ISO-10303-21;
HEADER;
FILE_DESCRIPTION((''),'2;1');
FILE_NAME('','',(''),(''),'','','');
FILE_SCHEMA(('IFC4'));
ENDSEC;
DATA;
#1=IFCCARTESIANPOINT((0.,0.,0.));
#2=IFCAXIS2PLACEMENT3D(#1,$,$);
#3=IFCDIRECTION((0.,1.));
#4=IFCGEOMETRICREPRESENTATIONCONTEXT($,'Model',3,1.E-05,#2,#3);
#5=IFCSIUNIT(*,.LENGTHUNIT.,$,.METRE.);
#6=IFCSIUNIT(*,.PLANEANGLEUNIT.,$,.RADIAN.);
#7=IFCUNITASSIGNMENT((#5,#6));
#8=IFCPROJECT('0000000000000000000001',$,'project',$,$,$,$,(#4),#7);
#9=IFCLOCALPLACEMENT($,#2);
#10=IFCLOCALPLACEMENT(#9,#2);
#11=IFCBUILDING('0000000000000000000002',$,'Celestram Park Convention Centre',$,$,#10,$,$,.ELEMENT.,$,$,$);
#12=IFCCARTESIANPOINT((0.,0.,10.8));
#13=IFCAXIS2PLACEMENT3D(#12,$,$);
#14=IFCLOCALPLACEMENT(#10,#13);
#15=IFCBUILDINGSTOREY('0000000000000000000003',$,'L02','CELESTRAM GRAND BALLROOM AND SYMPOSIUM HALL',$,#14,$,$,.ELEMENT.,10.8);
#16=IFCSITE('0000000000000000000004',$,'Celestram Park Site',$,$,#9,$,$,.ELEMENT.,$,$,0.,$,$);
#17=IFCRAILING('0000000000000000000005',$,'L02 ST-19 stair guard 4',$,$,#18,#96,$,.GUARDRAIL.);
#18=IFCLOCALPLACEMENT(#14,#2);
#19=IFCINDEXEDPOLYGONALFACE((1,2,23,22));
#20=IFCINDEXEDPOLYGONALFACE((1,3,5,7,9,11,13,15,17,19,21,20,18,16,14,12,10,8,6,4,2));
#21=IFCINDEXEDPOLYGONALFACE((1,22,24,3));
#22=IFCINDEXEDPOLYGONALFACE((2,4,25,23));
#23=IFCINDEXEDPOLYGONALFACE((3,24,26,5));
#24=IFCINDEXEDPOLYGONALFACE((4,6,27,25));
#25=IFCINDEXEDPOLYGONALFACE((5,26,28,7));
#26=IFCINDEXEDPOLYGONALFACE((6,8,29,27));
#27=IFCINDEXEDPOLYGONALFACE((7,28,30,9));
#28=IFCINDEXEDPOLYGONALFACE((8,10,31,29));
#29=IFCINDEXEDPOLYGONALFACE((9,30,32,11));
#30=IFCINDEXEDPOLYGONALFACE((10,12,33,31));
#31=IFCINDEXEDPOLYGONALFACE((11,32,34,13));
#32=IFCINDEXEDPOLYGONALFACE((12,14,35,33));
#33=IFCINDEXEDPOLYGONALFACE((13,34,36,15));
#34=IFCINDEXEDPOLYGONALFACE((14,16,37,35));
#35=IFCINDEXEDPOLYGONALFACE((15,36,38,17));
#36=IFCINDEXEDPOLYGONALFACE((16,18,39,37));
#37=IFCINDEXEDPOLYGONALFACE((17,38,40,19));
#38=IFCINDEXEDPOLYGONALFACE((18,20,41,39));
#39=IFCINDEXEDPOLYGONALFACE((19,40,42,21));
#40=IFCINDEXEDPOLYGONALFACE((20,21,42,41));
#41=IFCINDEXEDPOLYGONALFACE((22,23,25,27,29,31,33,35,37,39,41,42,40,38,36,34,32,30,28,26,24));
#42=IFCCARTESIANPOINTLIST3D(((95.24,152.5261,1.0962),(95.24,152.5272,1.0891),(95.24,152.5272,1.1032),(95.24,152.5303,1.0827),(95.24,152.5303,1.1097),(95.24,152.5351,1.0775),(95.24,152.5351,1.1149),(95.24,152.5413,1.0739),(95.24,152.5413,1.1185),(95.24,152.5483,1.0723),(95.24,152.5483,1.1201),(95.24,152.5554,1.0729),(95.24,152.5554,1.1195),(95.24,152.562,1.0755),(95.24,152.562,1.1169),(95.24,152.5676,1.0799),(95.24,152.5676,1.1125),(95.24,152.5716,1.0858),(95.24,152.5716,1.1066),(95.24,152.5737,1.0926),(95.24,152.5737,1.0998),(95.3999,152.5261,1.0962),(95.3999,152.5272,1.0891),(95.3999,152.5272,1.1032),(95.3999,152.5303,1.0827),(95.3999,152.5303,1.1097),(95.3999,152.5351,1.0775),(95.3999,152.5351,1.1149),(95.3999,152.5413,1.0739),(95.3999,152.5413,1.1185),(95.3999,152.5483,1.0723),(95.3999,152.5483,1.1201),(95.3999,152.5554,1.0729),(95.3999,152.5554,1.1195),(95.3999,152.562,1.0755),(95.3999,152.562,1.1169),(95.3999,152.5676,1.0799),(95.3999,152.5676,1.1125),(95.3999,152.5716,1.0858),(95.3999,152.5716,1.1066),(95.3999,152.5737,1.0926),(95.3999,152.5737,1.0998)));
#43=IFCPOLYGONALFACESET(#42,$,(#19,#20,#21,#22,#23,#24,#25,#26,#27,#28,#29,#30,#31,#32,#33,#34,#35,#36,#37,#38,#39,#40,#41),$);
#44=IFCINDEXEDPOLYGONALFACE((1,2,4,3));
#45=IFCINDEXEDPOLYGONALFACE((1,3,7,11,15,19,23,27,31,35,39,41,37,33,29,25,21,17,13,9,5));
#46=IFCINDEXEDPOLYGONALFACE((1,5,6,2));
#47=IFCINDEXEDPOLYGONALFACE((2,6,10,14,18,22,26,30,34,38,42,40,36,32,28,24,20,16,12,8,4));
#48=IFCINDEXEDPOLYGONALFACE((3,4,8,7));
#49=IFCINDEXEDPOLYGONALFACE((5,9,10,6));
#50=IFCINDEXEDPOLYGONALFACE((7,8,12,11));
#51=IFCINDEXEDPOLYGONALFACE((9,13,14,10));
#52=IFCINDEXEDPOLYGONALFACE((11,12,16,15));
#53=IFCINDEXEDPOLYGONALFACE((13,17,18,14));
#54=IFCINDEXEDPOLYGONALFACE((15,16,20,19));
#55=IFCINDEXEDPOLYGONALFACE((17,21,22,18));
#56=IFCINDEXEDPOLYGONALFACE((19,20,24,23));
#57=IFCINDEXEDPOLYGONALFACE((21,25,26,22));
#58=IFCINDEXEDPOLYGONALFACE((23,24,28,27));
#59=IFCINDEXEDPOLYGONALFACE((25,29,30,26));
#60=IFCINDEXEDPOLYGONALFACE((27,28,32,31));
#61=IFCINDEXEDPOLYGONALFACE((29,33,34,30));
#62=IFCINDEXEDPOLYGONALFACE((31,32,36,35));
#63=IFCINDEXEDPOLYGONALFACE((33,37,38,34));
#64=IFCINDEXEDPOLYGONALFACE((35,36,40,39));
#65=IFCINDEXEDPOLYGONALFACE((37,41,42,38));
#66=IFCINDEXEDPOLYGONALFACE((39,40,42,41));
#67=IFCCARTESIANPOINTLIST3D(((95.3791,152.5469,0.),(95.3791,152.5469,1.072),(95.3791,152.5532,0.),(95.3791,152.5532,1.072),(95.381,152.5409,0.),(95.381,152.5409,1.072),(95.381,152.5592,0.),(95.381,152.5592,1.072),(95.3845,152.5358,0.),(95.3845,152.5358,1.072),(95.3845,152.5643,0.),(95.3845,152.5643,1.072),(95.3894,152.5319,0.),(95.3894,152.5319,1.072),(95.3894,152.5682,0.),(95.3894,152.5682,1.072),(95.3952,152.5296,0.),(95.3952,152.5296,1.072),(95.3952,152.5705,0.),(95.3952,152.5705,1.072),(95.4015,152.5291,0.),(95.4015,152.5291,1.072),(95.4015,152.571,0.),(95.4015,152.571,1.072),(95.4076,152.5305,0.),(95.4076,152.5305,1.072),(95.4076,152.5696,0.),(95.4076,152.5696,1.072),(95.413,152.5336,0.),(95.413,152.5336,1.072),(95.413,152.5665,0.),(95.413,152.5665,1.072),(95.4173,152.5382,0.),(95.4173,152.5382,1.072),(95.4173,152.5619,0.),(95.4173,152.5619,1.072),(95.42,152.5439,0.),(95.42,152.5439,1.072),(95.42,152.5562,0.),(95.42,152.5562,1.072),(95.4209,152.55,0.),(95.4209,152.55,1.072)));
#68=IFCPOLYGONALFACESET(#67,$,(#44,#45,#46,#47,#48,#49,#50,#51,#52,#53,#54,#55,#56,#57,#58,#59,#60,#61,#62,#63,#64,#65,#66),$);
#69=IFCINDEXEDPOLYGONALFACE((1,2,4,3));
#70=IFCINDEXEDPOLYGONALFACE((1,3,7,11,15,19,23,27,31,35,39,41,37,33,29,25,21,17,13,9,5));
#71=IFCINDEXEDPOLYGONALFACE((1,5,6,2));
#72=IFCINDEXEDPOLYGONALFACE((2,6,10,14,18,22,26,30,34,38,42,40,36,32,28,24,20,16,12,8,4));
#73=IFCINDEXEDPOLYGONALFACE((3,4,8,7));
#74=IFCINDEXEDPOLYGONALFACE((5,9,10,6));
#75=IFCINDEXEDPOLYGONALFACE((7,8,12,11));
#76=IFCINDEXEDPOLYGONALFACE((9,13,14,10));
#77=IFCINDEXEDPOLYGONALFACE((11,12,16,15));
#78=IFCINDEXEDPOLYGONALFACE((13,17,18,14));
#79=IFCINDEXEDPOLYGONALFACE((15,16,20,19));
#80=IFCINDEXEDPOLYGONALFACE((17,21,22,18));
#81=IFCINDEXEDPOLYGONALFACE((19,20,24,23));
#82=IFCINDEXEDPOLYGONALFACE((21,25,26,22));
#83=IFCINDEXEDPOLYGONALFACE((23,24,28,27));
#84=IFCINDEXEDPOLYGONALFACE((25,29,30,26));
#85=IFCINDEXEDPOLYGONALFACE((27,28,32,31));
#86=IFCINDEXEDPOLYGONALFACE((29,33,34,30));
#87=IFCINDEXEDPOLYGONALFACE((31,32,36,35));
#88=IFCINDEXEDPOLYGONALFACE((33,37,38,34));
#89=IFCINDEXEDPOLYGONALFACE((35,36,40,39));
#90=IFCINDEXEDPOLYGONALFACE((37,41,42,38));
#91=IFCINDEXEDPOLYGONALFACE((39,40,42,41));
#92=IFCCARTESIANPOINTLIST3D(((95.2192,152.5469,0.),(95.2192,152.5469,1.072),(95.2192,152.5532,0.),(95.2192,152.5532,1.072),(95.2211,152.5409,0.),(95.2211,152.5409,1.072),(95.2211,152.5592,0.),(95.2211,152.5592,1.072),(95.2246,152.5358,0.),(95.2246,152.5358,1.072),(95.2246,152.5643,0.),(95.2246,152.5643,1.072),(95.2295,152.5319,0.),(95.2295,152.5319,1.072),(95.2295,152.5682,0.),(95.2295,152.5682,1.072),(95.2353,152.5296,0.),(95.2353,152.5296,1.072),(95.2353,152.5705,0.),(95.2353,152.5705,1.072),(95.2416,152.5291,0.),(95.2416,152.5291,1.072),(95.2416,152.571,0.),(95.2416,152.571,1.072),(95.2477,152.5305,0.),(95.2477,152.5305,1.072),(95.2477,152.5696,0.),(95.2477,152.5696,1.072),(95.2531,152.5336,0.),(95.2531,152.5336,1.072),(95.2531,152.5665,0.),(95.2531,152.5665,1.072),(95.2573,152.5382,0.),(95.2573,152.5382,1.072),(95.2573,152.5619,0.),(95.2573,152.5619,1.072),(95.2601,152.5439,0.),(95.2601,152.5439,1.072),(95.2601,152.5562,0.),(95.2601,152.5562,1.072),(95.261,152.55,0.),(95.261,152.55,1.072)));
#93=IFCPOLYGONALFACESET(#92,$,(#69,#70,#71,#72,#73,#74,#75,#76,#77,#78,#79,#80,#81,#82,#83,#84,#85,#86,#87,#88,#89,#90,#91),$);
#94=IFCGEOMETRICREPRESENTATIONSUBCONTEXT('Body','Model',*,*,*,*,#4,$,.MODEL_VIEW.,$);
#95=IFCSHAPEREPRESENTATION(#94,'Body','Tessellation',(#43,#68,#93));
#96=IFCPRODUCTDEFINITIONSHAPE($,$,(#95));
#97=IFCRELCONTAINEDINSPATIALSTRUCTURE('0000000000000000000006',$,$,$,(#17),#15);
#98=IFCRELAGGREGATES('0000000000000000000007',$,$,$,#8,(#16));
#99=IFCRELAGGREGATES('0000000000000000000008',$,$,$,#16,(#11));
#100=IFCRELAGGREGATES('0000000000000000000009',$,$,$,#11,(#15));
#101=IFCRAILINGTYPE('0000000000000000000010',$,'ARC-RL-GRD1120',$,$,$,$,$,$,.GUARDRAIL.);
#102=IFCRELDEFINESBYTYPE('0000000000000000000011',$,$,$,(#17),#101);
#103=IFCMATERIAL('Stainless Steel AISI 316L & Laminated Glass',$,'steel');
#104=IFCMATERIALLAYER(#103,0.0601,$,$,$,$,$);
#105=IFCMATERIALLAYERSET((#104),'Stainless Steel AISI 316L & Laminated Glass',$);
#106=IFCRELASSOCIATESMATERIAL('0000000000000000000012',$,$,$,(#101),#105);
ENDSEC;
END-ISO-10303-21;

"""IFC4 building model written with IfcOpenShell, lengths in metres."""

from ifc_helpers import new_model, si_unit, direction, frame, origin, origin_2d, place, context, subcontext, project, spatial, circle, extrude, material, layer, layer_set, type_object, element, save


model = new_model("IFC4")

# Units and contexts
model_context = context("Model", 3, precision=1e-05, world=origin(), true_north=direction((0.0, 1.0)))
body_context = subcontext(model_context, "Body", "Model", "MODEL_VIEW")
ifc_project = project(units=[si_unit("LENGTHUNIT", "METRE"), si_unit("PLANEANGLEUNIT", "RADIAN")], contexts=[model_context])

# Site, building, storey
site_placement = place(None, origin())
site = spatial("IfcSite", under=ifc_project, at=site_placement, Name="Celestram Park Site", CompositionType="ELEMENT", RefElevation=0.0)
building_placement = place(site_placement, origin())
building = spatial("IfcBuilding", under=site, at=building_placement, Name="Celestram Park Convention Centre", CompositionType="ELEMENT")
storey_placement = place(building_placement, frame((0.0, 0.0, 10.8)))
storey = spatial("IfcBuildingStorey", under=building, at=storey_placement, Name="L02", Description="CELESTRAM GRAND BALLROOM AND SYMPOSIUM HALL", CompositionType="ELEMENT", Elevation=10.8)

# Railing
ifc_material_1 = material(Name="Stainless Steel AISI 316L & Laminated Glass", Category="steel")
ifc_layer_1 = layer(ifc_material_1, 0.0601)
ifc_layer_set_1 = layer_set([ifc_layer_1], Name="Stainless Steel AISI 316L & Laminated Glass")
railing_type_1 = type_object("IfcRailingType", Name="ARC-RL-GRD1120", PredefinedType="GUARDRAIL", material=ifc_layer_set_1)
railing_1_placement = place(storey_placement, frame((95.3999, 152.55, 0.0)))
element("IfcRailing", 1, at=railing_1_placement, inside=storey, type_object=railing_type_1, Name="L02 ST-19 stair guard 4", PredefinedType="GUARDRAIL", context=body_context, shape_type="SweptSolid", body=[
    extrude(circle(Radius=0.0239, at=origin_2d()), frame((0.0, 0.0, 1.0962), z_axis=(-1.0, 0.0, 0.0), x_axis=(0.0, -1.0, 0.0)), (0.0, 0.0, 1.0), 0.1599),
    extrude(circle(Radius=0.021, at=origin_2d()), origin(), (0.0, 0.0, 1.0), 1.072),
    extrude(circle(Radius=0.021, at=origin_2d()), frame((-0.1599, 0.0, 0.0)), (0.0, 0.0, 1.0), 1.072),
])

save(model, "model.ifc")
